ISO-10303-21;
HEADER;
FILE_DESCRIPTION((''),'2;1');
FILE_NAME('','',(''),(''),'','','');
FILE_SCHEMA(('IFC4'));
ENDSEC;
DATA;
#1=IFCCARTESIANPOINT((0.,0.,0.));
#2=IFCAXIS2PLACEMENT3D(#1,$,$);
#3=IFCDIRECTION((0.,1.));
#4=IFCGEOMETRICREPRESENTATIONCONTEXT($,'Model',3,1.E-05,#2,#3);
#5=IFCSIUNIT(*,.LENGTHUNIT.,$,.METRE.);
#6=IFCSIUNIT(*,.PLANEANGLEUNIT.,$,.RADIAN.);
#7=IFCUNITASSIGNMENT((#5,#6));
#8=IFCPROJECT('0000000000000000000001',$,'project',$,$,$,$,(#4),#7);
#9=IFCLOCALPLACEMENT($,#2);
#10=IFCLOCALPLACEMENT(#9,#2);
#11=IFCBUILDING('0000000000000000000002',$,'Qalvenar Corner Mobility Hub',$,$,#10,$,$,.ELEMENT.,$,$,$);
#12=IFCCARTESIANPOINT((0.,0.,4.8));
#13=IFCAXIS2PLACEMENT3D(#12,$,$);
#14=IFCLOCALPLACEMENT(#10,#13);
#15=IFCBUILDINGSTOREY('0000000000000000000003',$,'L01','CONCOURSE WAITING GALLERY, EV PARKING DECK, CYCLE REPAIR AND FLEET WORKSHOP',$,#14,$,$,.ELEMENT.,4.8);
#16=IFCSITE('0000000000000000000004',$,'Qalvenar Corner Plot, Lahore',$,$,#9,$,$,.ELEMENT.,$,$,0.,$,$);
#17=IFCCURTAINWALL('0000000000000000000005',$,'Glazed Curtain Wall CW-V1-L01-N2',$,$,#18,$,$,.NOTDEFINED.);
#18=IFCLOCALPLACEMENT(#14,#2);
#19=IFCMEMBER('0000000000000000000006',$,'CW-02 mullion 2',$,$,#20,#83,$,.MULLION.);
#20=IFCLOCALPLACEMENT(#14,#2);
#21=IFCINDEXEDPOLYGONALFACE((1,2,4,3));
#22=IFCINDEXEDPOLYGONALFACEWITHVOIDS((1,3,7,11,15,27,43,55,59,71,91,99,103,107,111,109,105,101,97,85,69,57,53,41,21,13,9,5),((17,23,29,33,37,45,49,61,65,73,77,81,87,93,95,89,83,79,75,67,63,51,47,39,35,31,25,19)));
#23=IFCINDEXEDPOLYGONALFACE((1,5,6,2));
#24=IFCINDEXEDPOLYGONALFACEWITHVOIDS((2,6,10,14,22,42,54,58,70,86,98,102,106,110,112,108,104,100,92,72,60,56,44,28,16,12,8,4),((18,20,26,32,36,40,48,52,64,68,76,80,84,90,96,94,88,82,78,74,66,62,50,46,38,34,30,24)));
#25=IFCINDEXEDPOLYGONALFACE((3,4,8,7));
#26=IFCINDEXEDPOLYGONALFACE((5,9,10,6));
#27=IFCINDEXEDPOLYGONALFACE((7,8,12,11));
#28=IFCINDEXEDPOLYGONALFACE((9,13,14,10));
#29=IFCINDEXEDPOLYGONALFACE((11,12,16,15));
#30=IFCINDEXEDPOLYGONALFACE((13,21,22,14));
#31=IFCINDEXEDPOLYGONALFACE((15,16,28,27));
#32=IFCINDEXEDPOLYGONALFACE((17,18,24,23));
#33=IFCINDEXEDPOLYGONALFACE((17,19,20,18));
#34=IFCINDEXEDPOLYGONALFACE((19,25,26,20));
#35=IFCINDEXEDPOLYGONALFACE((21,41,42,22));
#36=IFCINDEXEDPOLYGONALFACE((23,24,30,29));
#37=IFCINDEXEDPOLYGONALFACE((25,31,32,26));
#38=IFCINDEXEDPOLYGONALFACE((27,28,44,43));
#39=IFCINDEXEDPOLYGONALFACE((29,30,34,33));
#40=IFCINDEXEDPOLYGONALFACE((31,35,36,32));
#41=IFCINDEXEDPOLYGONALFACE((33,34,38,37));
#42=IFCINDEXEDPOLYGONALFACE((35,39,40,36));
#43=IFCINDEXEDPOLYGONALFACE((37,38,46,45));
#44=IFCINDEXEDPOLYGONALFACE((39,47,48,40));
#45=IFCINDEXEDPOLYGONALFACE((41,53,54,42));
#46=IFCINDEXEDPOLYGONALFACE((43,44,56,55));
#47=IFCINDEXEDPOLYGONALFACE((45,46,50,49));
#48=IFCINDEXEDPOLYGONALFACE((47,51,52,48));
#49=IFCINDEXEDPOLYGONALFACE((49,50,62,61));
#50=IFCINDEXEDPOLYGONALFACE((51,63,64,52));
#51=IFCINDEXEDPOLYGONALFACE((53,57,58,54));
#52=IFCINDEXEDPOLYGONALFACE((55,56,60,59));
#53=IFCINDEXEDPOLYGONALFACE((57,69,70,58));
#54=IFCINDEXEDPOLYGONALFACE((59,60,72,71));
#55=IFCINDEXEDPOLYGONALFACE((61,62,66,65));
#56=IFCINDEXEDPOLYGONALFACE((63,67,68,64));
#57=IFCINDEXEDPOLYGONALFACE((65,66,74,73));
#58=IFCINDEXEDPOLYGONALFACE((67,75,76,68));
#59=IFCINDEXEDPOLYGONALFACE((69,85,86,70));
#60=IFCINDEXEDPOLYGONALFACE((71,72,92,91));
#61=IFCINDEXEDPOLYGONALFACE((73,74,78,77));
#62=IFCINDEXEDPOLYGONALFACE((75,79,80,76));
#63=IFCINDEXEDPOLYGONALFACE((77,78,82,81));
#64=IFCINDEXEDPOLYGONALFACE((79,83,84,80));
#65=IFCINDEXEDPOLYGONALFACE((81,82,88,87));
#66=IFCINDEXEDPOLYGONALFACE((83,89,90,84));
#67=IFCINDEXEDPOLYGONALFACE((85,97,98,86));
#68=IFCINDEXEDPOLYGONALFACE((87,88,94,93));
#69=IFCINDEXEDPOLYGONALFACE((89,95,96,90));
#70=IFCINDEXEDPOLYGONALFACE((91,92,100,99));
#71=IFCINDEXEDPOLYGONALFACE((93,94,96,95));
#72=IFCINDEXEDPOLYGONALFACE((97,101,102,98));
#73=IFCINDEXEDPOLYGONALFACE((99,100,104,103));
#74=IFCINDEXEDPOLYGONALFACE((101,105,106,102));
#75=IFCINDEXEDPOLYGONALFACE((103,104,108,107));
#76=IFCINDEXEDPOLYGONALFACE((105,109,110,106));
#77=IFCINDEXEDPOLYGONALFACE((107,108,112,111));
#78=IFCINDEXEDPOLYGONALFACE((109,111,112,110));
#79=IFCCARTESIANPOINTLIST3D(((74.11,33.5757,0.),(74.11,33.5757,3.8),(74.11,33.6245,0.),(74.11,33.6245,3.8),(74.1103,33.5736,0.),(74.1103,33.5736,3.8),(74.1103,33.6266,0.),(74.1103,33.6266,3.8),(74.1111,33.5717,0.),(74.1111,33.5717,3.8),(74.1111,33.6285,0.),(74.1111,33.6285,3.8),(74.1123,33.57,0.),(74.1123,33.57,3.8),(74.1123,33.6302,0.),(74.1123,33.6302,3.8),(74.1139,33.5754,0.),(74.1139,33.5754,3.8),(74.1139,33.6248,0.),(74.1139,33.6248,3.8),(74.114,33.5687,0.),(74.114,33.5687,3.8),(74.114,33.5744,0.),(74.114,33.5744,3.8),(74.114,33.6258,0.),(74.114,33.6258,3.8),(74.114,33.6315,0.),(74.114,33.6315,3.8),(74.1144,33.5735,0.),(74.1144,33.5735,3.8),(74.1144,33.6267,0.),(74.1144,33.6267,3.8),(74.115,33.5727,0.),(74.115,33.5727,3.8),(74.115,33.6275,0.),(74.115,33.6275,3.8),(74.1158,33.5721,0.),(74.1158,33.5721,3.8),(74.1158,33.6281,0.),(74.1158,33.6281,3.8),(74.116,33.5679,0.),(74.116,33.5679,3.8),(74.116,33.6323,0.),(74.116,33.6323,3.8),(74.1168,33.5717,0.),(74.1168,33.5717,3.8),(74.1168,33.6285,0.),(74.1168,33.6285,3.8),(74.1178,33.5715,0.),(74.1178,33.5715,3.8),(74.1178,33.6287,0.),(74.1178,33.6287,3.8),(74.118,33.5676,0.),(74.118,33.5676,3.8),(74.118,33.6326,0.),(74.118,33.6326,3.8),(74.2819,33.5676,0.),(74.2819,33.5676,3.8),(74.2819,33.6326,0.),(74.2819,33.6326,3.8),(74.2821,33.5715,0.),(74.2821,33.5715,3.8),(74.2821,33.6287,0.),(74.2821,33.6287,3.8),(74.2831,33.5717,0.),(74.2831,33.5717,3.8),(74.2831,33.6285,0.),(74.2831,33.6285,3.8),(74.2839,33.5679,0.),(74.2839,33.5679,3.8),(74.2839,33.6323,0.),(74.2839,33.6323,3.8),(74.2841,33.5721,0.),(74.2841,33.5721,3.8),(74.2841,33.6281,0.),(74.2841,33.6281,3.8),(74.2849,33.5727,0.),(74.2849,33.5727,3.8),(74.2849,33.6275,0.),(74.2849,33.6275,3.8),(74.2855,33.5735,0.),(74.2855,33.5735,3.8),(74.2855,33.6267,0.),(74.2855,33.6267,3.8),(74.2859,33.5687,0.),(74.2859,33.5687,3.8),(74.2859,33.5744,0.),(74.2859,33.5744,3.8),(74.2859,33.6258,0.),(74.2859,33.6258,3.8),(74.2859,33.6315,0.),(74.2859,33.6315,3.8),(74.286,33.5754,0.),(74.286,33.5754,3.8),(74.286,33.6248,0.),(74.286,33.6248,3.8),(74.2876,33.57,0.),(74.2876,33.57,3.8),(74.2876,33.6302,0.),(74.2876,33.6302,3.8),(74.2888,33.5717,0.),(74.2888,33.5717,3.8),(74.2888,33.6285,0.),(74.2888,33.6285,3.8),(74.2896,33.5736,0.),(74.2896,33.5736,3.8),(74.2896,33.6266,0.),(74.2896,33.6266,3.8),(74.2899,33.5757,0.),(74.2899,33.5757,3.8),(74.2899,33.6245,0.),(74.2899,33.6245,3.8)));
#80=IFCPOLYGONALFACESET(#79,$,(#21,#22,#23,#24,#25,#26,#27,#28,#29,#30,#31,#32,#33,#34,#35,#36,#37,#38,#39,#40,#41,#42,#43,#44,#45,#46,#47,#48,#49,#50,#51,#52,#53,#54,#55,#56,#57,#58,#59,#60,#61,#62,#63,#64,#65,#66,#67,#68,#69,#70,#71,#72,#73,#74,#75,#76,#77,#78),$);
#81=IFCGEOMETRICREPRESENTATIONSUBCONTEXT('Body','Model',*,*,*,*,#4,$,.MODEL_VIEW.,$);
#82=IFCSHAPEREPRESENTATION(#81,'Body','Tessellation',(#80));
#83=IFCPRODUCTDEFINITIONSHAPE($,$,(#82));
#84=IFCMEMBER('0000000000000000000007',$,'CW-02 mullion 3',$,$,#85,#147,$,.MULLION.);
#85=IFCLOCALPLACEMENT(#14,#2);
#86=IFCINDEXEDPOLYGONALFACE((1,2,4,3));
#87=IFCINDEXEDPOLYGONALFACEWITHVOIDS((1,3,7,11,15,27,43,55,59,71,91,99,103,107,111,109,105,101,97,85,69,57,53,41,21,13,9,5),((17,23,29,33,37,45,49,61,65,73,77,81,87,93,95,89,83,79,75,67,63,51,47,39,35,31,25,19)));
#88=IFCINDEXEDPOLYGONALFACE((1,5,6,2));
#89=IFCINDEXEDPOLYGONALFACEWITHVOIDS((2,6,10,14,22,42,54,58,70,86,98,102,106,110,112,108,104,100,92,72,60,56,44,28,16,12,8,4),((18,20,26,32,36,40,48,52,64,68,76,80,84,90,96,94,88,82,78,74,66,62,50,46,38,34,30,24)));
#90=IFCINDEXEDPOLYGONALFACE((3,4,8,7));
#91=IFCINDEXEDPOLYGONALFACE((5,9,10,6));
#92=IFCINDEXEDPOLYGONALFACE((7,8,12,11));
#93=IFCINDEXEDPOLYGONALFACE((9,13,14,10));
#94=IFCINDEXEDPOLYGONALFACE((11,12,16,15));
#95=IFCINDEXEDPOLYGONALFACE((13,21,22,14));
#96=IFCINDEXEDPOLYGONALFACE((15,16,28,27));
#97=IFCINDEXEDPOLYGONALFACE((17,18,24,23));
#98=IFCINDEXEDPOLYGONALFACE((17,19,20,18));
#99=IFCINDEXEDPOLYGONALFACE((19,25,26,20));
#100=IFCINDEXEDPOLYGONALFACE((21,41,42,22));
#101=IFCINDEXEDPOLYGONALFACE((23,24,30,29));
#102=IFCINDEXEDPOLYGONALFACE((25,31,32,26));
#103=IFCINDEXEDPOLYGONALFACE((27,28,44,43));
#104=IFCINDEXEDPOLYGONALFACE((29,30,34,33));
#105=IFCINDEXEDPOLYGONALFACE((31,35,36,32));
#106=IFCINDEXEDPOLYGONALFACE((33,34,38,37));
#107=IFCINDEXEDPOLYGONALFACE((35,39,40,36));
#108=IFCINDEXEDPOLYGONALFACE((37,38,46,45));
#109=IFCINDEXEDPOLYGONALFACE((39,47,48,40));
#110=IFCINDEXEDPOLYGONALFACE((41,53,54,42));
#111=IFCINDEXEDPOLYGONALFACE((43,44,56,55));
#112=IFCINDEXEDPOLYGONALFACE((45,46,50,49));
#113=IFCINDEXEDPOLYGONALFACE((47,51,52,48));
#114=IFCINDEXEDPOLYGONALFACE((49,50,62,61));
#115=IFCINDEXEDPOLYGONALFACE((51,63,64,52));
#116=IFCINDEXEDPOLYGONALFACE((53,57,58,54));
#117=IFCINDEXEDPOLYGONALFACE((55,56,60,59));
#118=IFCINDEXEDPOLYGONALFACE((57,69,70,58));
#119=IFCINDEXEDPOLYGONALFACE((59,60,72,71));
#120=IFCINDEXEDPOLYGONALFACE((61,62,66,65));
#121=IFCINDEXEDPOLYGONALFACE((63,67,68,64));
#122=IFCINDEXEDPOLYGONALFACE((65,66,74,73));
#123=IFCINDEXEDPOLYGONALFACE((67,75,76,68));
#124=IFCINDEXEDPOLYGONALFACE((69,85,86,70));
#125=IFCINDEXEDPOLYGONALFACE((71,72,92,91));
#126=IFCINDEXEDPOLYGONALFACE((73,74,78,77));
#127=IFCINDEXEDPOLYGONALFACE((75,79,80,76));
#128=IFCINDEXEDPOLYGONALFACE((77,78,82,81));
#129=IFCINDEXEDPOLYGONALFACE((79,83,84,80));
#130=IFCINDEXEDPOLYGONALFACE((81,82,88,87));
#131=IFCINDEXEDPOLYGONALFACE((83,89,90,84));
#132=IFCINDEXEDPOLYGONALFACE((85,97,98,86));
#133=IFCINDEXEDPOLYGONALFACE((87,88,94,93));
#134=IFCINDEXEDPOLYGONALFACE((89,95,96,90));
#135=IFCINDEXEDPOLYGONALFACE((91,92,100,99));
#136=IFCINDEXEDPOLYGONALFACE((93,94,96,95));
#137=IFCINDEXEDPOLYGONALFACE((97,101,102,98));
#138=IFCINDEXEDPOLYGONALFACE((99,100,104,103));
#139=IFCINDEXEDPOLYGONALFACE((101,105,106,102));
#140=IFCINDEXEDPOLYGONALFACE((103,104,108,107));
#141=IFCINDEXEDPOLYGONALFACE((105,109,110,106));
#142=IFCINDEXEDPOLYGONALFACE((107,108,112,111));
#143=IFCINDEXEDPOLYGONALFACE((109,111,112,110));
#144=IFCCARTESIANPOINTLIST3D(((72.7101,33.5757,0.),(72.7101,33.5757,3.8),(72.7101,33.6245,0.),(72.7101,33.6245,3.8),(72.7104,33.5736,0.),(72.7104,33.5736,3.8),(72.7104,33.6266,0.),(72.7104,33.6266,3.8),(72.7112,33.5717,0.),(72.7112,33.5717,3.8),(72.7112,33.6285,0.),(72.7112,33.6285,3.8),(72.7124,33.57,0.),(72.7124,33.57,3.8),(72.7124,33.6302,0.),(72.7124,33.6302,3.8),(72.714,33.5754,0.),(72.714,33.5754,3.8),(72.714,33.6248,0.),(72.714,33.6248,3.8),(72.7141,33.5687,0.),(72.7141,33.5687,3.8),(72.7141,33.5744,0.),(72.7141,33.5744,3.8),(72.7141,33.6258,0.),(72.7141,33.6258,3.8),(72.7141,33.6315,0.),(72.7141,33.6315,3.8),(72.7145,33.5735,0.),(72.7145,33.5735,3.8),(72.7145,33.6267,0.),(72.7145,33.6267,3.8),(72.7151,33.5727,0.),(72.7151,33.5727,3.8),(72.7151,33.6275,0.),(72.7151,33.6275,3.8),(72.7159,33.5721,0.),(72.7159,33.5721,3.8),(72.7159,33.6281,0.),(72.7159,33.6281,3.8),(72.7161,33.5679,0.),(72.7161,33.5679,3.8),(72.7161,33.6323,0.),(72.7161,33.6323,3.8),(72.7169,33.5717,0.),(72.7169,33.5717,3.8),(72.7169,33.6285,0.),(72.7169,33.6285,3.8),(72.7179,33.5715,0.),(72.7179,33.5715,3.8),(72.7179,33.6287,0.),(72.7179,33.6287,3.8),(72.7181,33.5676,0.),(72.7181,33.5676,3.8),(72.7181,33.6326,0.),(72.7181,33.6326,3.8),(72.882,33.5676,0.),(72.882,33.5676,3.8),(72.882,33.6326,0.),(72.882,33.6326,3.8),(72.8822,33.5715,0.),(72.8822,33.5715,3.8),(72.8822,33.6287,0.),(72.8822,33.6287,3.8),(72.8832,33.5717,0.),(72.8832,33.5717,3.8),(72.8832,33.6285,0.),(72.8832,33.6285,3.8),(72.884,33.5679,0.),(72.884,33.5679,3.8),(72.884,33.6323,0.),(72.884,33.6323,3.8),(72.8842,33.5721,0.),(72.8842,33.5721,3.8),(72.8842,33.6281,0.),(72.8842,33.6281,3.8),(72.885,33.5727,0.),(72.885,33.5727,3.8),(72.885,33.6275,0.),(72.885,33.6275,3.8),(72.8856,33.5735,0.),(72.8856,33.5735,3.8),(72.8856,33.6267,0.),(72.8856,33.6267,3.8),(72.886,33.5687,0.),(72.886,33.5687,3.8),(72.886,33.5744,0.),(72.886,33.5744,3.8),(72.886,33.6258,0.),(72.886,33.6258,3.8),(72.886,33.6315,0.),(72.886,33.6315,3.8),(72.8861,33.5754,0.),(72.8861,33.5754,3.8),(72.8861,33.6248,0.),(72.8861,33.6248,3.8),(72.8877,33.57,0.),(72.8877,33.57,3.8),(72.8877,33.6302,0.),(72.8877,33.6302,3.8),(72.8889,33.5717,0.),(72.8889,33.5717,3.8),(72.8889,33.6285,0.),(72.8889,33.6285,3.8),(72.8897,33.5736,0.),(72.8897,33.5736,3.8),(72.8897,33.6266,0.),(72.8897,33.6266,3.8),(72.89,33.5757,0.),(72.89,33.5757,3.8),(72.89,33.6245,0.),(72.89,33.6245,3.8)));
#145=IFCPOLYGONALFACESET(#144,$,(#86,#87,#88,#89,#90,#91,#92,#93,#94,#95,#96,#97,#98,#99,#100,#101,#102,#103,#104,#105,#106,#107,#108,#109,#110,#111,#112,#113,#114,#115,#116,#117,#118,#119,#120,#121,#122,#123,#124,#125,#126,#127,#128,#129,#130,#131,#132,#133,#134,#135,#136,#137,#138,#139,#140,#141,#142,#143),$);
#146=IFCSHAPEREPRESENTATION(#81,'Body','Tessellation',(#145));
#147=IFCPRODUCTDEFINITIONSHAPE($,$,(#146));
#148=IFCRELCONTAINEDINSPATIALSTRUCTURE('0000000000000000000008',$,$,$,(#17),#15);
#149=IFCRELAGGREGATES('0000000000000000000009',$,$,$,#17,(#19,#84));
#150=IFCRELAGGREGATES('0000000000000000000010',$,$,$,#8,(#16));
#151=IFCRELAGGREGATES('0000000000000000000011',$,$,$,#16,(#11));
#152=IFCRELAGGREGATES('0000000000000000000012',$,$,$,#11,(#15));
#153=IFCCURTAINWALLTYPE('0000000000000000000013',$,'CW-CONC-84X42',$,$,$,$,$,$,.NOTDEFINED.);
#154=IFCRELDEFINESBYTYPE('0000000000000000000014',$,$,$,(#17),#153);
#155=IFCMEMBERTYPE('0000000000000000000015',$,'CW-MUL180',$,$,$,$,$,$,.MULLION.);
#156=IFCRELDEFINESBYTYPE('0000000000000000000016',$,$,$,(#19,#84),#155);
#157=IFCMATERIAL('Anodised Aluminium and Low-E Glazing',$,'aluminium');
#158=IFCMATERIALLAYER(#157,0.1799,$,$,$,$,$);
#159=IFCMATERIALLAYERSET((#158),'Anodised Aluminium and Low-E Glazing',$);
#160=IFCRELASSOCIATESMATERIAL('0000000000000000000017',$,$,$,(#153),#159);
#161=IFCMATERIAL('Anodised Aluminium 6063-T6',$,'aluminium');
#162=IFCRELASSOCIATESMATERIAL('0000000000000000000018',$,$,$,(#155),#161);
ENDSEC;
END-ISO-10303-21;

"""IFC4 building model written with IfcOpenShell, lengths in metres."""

from ifc_helpers import new_model, si_unit, direction, frame, origin, origin_2d, place, context, subcontext, project, spatial, hollow_rectangle, extrude, material, layer, layer_set, material_profile, profile_set, type_object, element, aggregate, save


model = new_model("IFC4")

# Units and contexts
model_context = context("Model", 3, precision=1e-05, world=origin(), true_north=direction((0.0, 1.0)))
body_context = subcontext(model_context, "Body", "Model", "MODEL_VIEW")
ifc_project = project(units=[si_unit("LENGTHUNIT", "METRE"), si_unit("PLANEANGLEUNIT", "RADIAN")], contexts=[model_context])

# Site, building, storey
site_placement = place(None, origin())
site = spatial("IfcSite", under=ifc_project, at=site_placement, Name="Qalvenar Corner Plot, Lahore", CompositionType="ELEMENT", RefElevation=0.0)
building_placement = place(site_placement, origin())
building = spatial("IfcBuilding", under=site, at=building_placement, Name="Qalvenar Corner Mobility Hub", CompositionType="ELEMENT")
storey_placement = place(building_placement, frame((0.0, 0.0, 4.8)))
storey = spatial("IfcBuildingStorey", under=building, at=storey_placement, Name="L01", Description="CONCOURSE WAITING GALLERY, EV PARKING DECK, CYCLE REPAIR AND FLEET WORKSHOP", CompositionType="ELEMENT", Elevation=4.8)

# Curtain wall, members
ifc_material_1 = material(Name="Anodised Aluminium and Low-E Glazing", Category="aluminium")
ifc_layer_1 = layer(ifc_material_1, 0.1799)
ifc_layer_set_1 = layer_set([ifc_layer_1], Name="Anodised Aluminium and Low-E Glazing")
curtain_wall_type = type_object("IfcCurtainWallType", Name="CW-CONC-84X42", PredefinedType="NOTDEFINED", material=ifc_layer_set_1)
curtain_wall_1_placement = place(storey_placement, origin())
curtain_wall_1 = element("IfcCurtainWall", 1, at=curtain_wall_1_placement, inside=storey, type_object=curtain_wall_type, Name="Glazed Curtain Wall CW-V1-L01-N2", PredefinedType="NOTDEFINED")
ifc_material_2 = material(Name="Anodised Aluminium 6063-T6", Category="aluminium")
ifc_material_profile_1 = material_profile(ifc_material_2, hollow_rectangle(XDim=0.0649, YDim=0.1799, WallThickness=0.0039, InnerFilletRadius=0.0039, OuterFilletRadius=0.0081, at=origin_2d()), Name="RHS180x65x4")
ifc_profile_set_1 = profile_set([ifc_material_profile_1], Name="Anodised Aluminium 6063-T6")
member_type_1 = type_object("IfcMemberType", Name="CW-MUL180", PredefinedType="MULLION", material=ifc_profile_set_1)
member_1_placement = place(storey_placement, frame((74.2, 33.6001, 0.0), z_axis=(0.0, 0.0, 1.0), x_axis=(0.0, -1.0, 0.0)))
member_1 = element("IfcMember", 2, at=member_1_placement, type_object=member_type_1, Name="CW-02 mullion 2", PredefinedType="MULLION", context=body_context, shape_type="SweptSolid", body=[
    extrude(hollow_rectangle(XDim=0.0649, YDim=0.1799, WallThickness=0.0039, InnerFilletRadius=0.0039, OuterFilletRadius=0.0081, at=origin_2d()), origin(), (0.0, 0.0, 1.0), 3.8),
])
member_2_placement = place(storey_placement, frame((72.8, 33.6001, 0.0), z_axis=(0.0, 0.0, 1.0), x_axis=(0.0, -1.0, 0.0)))
member_2 = element("IfcMember", 3, at=member_2_placement, type_object=member_type_1, Name="CW-02 mullion 3", PredefinedType="MULLION", context=body_context, shape_type="SweptSolid", body=[
    extrude(hollow_rectangle(XDim=0.0649, YDim=0.1799, WallThickness=0.0039, InnerFilletRadius=0.0039, OuterFilletRadius=0.0081, at=origin_2d()), origin(), (0.0, 0.0, 1.0), 3.8),
])

aggregate(curtain_wall_1, [member_1, member_2])

save(model, "model.ifc")
